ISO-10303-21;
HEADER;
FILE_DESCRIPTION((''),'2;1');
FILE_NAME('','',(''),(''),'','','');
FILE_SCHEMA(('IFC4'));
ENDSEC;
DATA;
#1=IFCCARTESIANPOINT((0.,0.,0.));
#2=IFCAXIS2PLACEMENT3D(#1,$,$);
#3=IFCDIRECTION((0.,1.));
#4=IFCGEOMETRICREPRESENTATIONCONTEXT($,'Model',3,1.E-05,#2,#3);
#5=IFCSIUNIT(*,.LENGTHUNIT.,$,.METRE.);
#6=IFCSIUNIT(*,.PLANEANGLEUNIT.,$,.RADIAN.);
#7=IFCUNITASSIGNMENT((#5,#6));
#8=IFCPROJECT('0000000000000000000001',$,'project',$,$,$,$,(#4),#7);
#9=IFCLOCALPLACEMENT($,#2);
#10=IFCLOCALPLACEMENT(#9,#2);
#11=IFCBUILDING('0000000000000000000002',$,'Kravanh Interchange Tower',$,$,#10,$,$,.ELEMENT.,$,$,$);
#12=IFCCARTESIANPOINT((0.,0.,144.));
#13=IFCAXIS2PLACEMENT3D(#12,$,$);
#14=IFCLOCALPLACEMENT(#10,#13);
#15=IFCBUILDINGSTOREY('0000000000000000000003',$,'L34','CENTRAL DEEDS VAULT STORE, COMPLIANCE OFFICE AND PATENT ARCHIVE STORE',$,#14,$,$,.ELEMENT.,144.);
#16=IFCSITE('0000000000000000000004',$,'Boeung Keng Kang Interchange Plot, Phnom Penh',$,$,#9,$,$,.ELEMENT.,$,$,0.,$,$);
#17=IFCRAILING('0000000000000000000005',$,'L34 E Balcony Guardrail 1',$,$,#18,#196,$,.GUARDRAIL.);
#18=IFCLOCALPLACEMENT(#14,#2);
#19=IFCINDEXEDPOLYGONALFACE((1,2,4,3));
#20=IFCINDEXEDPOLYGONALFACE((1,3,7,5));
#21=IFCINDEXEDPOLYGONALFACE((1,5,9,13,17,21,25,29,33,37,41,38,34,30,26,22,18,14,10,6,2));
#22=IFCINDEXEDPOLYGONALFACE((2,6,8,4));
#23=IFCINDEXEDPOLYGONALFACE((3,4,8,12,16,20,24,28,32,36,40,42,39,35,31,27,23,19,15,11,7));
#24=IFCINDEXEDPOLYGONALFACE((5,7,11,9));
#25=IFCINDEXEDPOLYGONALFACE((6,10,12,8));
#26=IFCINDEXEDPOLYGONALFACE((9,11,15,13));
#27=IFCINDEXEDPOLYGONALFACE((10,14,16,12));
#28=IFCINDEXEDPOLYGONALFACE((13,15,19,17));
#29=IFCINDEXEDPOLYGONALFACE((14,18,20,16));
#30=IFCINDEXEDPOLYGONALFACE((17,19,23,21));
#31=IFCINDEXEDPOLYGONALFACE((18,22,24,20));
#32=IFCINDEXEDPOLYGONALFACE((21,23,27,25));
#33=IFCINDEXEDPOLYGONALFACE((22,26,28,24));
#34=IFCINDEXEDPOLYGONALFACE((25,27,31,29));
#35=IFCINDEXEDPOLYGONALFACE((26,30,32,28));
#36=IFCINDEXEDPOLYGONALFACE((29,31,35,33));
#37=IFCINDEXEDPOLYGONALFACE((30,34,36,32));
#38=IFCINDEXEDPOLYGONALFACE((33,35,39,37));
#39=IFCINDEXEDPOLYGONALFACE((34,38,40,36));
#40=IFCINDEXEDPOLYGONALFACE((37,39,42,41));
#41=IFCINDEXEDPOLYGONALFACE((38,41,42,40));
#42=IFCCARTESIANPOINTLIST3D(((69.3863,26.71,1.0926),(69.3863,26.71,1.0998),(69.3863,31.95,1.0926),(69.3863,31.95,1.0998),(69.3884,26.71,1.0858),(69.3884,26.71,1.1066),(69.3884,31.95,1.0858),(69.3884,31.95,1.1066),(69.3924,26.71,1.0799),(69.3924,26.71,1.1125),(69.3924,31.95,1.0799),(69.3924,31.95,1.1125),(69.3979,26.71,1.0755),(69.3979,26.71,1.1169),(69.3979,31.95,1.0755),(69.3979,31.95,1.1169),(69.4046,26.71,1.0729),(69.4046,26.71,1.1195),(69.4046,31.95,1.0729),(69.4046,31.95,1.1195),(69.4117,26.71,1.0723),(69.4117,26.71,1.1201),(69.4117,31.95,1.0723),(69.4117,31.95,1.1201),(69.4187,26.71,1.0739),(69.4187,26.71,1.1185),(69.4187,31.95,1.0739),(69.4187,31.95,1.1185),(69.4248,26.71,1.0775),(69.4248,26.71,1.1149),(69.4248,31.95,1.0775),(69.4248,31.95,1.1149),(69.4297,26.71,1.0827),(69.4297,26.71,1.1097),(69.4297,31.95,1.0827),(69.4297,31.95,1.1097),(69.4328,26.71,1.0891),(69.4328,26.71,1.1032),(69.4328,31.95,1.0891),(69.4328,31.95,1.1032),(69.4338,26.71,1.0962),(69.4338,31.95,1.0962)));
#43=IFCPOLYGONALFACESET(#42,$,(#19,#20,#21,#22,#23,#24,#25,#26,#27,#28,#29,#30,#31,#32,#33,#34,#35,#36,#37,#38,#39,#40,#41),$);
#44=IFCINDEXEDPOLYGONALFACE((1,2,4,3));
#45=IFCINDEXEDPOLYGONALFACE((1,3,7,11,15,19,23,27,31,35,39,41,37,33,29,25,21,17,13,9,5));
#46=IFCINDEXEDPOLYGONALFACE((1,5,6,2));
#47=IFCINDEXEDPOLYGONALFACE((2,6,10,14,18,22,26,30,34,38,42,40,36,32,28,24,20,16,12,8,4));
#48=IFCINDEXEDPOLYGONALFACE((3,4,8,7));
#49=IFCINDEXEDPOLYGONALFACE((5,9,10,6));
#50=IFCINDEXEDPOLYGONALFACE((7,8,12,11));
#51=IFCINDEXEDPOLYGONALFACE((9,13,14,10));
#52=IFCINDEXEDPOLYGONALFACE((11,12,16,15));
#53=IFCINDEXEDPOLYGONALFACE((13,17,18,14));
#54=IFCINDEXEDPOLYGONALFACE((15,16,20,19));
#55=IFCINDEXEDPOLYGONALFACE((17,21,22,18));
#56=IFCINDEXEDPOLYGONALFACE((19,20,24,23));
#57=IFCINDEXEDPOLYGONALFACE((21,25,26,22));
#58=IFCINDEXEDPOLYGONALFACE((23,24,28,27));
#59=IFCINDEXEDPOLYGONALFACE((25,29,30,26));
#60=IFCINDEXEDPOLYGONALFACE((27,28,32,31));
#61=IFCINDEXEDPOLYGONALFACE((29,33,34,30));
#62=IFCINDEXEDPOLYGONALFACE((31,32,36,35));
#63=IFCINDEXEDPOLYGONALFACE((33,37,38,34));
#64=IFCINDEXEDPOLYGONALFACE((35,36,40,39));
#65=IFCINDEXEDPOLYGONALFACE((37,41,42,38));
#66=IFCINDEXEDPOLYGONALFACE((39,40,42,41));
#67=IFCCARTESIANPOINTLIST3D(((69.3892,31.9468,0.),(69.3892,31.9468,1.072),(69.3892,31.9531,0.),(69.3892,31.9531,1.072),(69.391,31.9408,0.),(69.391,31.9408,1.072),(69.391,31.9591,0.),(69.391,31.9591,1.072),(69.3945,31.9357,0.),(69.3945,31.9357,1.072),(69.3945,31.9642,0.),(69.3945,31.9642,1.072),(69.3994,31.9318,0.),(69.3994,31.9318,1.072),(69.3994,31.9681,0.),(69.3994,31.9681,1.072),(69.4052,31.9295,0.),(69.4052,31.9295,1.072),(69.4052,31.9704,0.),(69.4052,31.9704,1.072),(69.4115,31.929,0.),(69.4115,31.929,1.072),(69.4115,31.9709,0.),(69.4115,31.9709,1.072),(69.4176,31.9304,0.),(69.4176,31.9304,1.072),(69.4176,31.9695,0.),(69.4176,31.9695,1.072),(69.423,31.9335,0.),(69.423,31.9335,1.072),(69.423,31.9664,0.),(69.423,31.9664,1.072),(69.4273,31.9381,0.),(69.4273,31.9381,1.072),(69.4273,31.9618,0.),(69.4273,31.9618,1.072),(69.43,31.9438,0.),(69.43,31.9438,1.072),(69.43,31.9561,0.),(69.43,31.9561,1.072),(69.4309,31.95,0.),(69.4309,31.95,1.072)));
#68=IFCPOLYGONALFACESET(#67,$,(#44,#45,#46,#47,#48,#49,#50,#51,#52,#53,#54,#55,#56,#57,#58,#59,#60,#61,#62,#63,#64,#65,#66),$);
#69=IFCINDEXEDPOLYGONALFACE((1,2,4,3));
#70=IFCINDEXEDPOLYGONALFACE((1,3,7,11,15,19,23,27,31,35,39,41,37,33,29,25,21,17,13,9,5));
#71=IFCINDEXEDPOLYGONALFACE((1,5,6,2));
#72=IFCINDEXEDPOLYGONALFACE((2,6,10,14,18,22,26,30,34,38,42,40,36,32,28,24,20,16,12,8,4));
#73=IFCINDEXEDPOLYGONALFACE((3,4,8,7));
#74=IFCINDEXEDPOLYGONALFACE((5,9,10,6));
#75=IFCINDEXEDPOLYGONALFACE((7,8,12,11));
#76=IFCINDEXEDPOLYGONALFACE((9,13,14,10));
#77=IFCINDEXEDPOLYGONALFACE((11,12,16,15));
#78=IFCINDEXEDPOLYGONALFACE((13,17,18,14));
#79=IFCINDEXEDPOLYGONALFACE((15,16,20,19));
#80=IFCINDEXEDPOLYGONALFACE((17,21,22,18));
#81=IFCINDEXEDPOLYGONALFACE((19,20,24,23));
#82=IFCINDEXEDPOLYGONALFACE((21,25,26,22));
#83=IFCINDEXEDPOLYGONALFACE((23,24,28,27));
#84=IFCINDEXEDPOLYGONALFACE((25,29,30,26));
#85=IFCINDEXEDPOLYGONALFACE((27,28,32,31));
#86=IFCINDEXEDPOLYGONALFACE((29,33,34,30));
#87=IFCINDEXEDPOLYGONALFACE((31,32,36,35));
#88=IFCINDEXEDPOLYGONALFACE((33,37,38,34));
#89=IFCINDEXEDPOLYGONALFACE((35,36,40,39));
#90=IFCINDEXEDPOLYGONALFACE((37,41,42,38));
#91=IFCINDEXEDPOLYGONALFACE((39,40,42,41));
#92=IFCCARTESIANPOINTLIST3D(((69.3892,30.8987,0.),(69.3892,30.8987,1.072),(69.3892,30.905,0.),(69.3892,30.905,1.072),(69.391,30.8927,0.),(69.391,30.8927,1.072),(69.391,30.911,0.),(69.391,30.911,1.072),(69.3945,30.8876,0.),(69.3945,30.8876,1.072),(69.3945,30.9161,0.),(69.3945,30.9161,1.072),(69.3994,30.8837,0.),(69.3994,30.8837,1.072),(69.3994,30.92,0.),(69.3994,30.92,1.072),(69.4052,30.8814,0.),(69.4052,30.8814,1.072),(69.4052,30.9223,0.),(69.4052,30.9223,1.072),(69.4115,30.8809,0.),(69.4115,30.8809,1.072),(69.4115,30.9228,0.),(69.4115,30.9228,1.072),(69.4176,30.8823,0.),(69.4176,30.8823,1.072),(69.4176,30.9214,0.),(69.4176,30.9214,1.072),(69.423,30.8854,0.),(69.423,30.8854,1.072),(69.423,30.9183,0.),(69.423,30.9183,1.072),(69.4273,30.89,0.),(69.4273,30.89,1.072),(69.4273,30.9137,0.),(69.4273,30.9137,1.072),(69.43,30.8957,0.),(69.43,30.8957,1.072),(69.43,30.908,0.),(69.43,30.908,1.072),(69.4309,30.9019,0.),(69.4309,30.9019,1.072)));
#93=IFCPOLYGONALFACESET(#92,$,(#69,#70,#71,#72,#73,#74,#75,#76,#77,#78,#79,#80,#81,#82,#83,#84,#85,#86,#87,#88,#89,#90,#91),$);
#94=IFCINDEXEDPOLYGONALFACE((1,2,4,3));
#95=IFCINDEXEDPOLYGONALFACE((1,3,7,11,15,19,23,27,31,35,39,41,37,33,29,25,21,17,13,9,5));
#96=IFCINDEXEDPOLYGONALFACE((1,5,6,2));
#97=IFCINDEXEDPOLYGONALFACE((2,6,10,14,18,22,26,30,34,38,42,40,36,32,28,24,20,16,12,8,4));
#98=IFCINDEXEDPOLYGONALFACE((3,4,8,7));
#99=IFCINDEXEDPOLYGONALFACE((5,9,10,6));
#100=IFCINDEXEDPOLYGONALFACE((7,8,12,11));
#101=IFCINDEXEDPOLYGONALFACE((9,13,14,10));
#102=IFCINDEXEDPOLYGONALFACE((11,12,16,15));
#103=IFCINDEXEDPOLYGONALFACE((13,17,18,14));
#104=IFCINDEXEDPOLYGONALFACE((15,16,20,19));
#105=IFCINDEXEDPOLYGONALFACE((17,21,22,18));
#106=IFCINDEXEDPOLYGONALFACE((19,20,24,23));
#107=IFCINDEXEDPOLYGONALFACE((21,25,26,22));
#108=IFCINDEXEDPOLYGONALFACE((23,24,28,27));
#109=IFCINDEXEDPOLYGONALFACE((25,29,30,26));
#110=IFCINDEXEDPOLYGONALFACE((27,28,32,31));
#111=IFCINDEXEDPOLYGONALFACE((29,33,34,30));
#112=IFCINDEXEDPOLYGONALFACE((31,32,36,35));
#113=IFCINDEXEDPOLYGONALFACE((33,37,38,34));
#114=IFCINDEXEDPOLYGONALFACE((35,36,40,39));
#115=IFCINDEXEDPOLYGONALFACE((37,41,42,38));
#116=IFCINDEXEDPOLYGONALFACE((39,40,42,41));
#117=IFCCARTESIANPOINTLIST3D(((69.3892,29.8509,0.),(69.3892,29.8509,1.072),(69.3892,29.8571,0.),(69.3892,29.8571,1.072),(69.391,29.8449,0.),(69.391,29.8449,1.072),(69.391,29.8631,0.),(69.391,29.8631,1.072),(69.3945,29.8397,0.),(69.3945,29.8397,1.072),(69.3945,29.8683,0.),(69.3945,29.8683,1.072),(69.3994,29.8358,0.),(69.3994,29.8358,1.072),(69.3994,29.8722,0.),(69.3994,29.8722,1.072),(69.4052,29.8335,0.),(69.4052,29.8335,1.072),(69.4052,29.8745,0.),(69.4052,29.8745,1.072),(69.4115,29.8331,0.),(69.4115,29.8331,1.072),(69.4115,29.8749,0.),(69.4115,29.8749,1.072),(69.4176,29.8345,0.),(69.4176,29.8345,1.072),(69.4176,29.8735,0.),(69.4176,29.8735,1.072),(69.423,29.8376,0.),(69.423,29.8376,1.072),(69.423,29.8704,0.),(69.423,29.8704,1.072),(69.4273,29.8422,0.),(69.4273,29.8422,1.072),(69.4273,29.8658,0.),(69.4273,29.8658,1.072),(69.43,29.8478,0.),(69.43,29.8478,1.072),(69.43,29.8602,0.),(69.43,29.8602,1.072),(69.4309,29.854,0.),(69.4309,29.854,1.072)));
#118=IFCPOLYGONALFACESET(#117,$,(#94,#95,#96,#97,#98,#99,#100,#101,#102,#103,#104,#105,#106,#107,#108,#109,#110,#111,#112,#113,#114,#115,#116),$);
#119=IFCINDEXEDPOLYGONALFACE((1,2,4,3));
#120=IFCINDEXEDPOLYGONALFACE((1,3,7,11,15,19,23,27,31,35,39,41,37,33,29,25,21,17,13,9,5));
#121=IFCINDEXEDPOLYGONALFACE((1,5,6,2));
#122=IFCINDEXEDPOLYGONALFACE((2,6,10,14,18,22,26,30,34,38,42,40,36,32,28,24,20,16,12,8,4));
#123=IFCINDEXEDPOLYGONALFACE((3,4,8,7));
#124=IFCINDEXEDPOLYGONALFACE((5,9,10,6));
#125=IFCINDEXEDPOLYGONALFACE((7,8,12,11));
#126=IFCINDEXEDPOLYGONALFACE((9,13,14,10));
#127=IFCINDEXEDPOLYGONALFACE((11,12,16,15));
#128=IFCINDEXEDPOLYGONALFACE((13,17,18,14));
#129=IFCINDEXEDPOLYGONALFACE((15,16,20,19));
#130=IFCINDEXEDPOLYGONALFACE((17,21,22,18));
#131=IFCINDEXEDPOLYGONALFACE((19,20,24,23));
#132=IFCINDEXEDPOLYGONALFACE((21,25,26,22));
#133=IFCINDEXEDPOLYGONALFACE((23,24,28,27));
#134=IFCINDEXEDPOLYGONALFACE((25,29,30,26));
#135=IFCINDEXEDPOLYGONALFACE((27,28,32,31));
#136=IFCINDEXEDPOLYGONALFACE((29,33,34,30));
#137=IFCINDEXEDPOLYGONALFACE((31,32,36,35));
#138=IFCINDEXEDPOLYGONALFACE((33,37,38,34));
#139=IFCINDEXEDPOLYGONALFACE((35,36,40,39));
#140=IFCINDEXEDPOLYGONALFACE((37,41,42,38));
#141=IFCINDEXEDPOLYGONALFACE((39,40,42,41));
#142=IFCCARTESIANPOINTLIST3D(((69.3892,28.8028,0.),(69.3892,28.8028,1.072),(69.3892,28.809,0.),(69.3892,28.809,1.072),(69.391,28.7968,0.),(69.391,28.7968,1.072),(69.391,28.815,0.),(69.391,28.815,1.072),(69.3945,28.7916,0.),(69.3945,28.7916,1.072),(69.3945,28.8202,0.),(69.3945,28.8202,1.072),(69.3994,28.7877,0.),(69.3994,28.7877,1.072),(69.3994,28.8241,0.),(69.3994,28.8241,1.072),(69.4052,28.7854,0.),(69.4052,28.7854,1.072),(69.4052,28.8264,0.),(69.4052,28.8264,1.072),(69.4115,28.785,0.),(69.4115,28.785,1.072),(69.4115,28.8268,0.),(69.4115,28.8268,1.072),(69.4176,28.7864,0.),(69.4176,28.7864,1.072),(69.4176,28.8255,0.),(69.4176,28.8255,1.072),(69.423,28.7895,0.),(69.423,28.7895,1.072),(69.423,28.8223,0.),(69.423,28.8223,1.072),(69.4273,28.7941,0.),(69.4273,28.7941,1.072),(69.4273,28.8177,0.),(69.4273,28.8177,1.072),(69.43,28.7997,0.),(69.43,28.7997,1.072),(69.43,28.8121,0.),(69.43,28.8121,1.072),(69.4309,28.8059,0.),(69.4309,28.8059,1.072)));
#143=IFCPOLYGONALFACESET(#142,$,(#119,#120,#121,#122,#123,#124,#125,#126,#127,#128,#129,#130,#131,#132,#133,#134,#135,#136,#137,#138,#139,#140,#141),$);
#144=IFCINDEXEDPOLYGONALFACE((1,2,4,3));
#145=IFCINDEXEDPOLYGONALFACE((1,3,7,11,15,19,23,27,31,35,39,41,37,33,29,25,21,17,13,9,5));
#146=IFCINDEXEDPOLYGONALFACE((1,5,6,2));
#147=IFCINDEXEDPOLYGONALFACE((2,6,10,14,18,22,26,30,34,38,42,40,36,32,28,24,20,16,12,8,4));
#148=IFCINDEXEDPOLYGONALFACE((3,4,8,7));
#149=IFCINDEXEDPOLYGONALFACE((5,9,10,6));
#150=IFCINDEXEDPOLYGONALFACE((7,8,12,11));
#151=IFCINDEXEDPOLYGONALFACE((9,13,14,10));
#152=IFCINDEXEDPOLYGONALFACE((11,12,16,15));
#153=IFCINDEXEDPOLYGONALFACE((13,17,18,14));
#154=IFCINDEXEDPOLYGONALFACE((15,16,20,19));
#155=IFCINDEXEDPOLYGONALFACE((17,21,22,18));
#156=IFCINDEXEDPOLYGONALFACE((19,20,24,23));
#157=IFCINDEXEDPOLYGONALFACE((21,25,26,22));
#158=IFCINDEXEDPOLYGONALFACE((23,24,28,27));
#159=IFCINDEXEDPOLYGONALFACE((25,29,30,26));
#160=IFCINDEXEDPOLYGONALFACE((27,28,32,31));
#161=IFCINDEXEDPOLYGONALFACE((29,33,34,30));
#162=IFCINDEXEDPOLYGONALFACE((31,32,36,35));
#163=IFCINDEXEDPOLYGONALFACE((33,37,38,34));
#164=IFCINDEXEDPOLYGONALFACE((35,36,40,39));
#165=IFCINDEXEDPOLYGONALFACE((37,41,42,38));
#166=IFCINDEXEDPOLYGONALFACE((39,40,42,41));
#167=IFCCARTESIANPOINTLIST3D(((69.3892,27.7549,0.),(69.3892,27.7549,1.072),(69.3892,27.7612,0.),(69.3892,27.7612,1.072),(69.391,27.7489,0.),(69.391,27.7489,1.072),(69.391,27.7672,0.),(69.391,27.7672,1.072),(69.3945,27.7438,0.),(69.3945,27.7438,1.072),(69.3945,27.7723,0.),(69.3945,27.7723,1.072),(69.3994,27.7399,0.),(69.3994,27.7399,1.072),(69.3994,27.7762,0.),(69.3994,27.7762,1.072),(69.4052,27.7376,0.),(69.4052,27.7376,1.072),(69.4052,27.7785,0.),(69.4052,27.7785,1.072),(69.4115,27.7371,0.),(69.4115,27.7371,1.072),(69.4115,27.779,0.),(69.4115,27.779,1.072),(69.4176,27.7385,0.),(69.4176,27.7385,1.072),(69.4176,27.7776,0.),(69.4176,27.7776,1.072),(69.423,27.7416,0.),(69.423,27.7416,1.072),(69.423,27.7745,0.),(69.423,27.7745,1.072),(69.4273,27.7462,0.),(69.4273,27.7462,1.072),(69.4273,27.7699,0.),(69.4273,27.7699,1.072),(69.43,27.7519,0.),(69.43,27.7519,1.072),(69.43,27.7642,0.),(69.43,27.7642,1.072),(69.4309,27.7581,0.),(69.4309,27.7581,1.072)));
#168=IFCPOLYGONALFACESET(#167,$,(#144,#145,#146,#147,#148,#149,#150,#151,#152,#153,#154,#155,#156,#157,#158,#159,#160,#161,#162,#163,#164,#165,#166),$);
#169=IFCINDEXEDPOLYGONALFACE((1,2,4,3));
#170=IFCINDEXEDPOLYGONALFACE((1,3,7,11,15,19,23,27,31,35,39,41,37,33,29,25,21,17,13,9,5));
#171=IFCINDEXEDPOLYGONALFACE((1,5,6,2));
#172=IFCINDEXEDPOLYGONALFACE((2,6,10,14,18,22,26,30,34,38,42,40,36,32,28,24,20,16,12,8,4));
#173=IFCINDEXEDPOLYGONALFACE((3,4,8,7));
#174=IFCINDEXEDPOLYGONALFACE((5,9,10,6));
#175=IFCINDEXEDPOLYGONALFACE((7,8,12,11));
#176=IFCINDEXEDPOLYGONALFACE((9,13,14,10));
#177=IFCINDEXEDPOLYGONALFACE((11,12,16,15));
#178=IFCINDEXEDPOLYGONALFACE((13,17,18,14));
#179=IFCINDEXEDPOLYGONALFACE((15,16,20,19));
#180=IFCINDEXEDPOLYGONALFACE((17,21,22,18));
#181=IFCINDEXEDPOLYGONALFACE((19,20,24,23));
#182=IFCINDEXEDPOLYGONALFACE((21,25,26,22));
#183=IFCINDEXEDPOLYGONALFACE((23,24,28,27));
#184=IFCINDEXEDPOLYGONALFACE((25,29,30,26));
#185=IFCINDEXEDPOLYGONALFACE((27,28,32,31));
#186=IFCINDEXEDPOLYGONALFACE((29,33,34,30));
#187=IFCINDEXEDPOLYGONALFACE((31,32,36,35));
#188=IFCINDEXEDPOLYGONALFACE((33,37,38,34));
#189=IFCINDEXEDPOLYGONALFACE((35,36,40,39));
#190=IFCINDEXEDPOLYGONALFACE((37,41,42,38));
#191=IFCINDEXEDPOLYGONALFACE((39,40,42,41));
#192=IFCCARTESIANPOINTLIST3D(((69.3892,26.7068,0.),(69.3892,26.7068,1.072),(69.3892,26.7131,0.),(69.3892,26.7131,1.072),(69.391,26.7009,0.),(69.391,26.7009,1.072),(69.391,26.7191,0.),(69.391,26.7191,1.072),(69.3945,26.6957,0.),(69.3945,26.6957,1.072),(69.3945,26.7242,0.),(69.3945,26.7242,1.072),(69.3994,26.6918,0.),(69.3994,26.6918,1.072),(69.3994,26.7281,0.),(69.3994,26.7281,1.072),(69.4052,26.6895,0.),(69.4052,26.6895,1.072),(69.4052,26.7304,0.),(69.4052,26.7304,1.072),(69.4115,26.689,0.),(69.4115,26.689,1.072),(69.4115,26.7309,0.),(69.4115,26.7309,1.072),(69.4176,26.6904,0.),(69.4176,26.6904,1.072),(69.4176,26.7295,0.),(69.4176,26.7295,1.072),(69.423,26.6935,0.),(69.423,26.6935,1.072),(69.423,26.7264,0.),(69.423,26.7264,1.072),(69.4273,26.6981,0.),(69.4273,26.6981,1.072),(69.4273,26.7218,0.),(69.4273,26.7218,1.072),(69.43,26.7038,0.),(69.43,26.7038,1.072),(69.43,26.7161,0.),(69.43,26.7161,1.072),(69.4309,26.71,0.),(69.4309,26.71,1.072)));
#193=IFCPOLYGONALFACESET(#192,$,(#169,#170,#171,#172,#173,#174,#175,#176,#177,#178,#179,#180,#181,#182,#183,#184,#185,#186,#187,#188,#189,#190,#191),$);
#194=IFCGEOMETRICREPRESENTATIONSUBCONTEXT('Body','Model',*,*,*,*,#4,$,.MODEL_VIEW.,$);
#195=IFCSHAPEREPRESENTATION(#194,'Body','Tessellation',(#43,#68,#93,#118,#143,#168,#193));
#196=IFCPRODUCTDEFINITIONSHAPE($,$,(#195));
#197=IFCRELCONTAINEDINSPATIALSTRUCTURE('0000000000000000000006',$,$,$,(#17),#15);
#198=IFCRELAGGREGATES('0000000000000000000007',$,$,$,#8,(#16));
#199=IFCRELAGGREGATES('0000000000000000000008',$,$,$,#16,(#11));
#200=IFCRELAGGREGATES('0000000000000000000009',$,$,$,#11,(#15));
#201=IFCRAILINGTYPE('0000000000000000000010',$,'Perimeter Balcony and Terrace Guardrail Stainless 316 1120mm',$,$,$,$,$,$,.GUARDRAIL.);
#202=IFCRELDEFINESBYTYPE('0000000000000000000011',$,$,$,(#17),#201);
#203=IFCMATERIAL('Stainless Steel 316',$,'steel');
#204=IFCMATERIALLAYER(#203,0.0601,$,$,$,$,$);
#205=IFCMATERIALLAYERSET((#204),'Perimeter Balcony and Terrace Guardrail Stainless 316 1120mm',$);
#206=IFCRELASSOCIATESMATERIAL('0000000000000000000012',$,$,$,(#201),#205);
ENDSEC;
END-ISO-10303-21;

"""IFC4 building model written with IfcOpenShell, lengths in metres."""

from ifc_helpers import new_model, si_unit, direction, frame, origin, origin_2d, place, context, subcontext, project, spatial, circle, extrude, material, layer, layer_set, type_object, element, save


model = new_model("IFC4")

# Units and contexts
model_context = context("Model", 3, precision=1e-05, world=origin(), true_north=direction((0.0, 1.0)))
body_context = subcontext(model_context, "Body", "Model", "MODEL_VIEW")
ifc_project = project(units=[si_unit("LENGTHUNIT", "METRE"), si_unit("PLANEANGLEUNIT", "RADIAN")], contexts=[model_context])

# Site, building, storey
site_placement = place(None, origin())
site = spatial("IfcSite", under=ifc_project, at=site_placement, Name="Boeung Keng Kang Interchange Plot, Phnom Penh", CompositionType="ELEMENT", RefElevation=0.0)
building_placement = place(site_placement, origin())
building = spatial("IfcBuilding", under=site, at=building_placement, Name="Kravanh Interchange Tower", CompositionType="ELEMENT")
storey_placement = place(building_placement, frame((0.0, 0.0, 144.0)))
storey = spatial("IfcBuildingStorey", under=building, at=storey_placement, Name="L34", Description="CENTRAL DEEDS VAULT STORE, COMPLIANCE OFFICE AND PATENT ARCHIVE STORE", CompositionType="ELEMENT", Elevation=144.0)

# Railing
ifc_material_1 = material(Name="Stainless Steel 316", Category="steel")
ifc_layer_1 = layer(ifc_material_1, 0.0601)
ifc_layer_set_1 = layer_set([ifc_layer_1], Name="Perimeter Balcony and Terrace Guardrail Stainless 316 1120mm")
railing_type_1 = type_object("IfcRailingType", Name="Perimeter Balcony and Terrace Guardrail Stainless 316 1120mm", PredefinedType="GUARDRAIL", material=ifc_layer_set_1)
railing_1_placement = place(storey_placement, frame((69.4099, 31.95, 0.0)))
element("IfcRailing", 1, at=railing_1_placement, inside=storey, type_object=railing_type_1, Name="L34 E Balcony Guardrail 1", PredefinedType="GUARDRAIL", context=body_context, shape_type="SweptSolid", body=[
    extrude(circle(Radius=0.0239, at=origin_2d()), frame((0.0, 0.0, 1.0962), z_axis=(0.0, -1.0, 0.0), x_axis=(1.0, 0.0, 0.0)), (0.0, 0.0, 1.0), 5.24),
    extrude(circle(Radius=0.021, at=origin_2d()), origin(), (0.0, 0.0, 1.0), 1.072),
    extrude(circle(Radius=0.021, at=origin_2d()), frame((0.0, -1.0481, 0.0)), (0.0, 0.0, 1.0), 1.072),
    extrude(circle(Radius=0.021, at=origin_2d()), frame((0.0, -2.0959, 0.0)), (0.0, 0.0, 1.0), 1.072),
    extrude(circle(Radius=0.021, at=origin_2d()), frame((0.0, -3.144, 0.0)), (0.0, 0.0, 1.0), 1.072),
    extrude(circle(Radius=0.021, at=origin_2d()), frame((0.0, -4.1919, 0.0)), (0.0, 0.0, 1.0), 1.072),
    extrude(circle(Radius=0.021, at=origin_2d()), frame((0.0, -5.24, 0.0)), (0.0, 0.0, 1.0), 1.072),
])

save(model, "model.ifc")
